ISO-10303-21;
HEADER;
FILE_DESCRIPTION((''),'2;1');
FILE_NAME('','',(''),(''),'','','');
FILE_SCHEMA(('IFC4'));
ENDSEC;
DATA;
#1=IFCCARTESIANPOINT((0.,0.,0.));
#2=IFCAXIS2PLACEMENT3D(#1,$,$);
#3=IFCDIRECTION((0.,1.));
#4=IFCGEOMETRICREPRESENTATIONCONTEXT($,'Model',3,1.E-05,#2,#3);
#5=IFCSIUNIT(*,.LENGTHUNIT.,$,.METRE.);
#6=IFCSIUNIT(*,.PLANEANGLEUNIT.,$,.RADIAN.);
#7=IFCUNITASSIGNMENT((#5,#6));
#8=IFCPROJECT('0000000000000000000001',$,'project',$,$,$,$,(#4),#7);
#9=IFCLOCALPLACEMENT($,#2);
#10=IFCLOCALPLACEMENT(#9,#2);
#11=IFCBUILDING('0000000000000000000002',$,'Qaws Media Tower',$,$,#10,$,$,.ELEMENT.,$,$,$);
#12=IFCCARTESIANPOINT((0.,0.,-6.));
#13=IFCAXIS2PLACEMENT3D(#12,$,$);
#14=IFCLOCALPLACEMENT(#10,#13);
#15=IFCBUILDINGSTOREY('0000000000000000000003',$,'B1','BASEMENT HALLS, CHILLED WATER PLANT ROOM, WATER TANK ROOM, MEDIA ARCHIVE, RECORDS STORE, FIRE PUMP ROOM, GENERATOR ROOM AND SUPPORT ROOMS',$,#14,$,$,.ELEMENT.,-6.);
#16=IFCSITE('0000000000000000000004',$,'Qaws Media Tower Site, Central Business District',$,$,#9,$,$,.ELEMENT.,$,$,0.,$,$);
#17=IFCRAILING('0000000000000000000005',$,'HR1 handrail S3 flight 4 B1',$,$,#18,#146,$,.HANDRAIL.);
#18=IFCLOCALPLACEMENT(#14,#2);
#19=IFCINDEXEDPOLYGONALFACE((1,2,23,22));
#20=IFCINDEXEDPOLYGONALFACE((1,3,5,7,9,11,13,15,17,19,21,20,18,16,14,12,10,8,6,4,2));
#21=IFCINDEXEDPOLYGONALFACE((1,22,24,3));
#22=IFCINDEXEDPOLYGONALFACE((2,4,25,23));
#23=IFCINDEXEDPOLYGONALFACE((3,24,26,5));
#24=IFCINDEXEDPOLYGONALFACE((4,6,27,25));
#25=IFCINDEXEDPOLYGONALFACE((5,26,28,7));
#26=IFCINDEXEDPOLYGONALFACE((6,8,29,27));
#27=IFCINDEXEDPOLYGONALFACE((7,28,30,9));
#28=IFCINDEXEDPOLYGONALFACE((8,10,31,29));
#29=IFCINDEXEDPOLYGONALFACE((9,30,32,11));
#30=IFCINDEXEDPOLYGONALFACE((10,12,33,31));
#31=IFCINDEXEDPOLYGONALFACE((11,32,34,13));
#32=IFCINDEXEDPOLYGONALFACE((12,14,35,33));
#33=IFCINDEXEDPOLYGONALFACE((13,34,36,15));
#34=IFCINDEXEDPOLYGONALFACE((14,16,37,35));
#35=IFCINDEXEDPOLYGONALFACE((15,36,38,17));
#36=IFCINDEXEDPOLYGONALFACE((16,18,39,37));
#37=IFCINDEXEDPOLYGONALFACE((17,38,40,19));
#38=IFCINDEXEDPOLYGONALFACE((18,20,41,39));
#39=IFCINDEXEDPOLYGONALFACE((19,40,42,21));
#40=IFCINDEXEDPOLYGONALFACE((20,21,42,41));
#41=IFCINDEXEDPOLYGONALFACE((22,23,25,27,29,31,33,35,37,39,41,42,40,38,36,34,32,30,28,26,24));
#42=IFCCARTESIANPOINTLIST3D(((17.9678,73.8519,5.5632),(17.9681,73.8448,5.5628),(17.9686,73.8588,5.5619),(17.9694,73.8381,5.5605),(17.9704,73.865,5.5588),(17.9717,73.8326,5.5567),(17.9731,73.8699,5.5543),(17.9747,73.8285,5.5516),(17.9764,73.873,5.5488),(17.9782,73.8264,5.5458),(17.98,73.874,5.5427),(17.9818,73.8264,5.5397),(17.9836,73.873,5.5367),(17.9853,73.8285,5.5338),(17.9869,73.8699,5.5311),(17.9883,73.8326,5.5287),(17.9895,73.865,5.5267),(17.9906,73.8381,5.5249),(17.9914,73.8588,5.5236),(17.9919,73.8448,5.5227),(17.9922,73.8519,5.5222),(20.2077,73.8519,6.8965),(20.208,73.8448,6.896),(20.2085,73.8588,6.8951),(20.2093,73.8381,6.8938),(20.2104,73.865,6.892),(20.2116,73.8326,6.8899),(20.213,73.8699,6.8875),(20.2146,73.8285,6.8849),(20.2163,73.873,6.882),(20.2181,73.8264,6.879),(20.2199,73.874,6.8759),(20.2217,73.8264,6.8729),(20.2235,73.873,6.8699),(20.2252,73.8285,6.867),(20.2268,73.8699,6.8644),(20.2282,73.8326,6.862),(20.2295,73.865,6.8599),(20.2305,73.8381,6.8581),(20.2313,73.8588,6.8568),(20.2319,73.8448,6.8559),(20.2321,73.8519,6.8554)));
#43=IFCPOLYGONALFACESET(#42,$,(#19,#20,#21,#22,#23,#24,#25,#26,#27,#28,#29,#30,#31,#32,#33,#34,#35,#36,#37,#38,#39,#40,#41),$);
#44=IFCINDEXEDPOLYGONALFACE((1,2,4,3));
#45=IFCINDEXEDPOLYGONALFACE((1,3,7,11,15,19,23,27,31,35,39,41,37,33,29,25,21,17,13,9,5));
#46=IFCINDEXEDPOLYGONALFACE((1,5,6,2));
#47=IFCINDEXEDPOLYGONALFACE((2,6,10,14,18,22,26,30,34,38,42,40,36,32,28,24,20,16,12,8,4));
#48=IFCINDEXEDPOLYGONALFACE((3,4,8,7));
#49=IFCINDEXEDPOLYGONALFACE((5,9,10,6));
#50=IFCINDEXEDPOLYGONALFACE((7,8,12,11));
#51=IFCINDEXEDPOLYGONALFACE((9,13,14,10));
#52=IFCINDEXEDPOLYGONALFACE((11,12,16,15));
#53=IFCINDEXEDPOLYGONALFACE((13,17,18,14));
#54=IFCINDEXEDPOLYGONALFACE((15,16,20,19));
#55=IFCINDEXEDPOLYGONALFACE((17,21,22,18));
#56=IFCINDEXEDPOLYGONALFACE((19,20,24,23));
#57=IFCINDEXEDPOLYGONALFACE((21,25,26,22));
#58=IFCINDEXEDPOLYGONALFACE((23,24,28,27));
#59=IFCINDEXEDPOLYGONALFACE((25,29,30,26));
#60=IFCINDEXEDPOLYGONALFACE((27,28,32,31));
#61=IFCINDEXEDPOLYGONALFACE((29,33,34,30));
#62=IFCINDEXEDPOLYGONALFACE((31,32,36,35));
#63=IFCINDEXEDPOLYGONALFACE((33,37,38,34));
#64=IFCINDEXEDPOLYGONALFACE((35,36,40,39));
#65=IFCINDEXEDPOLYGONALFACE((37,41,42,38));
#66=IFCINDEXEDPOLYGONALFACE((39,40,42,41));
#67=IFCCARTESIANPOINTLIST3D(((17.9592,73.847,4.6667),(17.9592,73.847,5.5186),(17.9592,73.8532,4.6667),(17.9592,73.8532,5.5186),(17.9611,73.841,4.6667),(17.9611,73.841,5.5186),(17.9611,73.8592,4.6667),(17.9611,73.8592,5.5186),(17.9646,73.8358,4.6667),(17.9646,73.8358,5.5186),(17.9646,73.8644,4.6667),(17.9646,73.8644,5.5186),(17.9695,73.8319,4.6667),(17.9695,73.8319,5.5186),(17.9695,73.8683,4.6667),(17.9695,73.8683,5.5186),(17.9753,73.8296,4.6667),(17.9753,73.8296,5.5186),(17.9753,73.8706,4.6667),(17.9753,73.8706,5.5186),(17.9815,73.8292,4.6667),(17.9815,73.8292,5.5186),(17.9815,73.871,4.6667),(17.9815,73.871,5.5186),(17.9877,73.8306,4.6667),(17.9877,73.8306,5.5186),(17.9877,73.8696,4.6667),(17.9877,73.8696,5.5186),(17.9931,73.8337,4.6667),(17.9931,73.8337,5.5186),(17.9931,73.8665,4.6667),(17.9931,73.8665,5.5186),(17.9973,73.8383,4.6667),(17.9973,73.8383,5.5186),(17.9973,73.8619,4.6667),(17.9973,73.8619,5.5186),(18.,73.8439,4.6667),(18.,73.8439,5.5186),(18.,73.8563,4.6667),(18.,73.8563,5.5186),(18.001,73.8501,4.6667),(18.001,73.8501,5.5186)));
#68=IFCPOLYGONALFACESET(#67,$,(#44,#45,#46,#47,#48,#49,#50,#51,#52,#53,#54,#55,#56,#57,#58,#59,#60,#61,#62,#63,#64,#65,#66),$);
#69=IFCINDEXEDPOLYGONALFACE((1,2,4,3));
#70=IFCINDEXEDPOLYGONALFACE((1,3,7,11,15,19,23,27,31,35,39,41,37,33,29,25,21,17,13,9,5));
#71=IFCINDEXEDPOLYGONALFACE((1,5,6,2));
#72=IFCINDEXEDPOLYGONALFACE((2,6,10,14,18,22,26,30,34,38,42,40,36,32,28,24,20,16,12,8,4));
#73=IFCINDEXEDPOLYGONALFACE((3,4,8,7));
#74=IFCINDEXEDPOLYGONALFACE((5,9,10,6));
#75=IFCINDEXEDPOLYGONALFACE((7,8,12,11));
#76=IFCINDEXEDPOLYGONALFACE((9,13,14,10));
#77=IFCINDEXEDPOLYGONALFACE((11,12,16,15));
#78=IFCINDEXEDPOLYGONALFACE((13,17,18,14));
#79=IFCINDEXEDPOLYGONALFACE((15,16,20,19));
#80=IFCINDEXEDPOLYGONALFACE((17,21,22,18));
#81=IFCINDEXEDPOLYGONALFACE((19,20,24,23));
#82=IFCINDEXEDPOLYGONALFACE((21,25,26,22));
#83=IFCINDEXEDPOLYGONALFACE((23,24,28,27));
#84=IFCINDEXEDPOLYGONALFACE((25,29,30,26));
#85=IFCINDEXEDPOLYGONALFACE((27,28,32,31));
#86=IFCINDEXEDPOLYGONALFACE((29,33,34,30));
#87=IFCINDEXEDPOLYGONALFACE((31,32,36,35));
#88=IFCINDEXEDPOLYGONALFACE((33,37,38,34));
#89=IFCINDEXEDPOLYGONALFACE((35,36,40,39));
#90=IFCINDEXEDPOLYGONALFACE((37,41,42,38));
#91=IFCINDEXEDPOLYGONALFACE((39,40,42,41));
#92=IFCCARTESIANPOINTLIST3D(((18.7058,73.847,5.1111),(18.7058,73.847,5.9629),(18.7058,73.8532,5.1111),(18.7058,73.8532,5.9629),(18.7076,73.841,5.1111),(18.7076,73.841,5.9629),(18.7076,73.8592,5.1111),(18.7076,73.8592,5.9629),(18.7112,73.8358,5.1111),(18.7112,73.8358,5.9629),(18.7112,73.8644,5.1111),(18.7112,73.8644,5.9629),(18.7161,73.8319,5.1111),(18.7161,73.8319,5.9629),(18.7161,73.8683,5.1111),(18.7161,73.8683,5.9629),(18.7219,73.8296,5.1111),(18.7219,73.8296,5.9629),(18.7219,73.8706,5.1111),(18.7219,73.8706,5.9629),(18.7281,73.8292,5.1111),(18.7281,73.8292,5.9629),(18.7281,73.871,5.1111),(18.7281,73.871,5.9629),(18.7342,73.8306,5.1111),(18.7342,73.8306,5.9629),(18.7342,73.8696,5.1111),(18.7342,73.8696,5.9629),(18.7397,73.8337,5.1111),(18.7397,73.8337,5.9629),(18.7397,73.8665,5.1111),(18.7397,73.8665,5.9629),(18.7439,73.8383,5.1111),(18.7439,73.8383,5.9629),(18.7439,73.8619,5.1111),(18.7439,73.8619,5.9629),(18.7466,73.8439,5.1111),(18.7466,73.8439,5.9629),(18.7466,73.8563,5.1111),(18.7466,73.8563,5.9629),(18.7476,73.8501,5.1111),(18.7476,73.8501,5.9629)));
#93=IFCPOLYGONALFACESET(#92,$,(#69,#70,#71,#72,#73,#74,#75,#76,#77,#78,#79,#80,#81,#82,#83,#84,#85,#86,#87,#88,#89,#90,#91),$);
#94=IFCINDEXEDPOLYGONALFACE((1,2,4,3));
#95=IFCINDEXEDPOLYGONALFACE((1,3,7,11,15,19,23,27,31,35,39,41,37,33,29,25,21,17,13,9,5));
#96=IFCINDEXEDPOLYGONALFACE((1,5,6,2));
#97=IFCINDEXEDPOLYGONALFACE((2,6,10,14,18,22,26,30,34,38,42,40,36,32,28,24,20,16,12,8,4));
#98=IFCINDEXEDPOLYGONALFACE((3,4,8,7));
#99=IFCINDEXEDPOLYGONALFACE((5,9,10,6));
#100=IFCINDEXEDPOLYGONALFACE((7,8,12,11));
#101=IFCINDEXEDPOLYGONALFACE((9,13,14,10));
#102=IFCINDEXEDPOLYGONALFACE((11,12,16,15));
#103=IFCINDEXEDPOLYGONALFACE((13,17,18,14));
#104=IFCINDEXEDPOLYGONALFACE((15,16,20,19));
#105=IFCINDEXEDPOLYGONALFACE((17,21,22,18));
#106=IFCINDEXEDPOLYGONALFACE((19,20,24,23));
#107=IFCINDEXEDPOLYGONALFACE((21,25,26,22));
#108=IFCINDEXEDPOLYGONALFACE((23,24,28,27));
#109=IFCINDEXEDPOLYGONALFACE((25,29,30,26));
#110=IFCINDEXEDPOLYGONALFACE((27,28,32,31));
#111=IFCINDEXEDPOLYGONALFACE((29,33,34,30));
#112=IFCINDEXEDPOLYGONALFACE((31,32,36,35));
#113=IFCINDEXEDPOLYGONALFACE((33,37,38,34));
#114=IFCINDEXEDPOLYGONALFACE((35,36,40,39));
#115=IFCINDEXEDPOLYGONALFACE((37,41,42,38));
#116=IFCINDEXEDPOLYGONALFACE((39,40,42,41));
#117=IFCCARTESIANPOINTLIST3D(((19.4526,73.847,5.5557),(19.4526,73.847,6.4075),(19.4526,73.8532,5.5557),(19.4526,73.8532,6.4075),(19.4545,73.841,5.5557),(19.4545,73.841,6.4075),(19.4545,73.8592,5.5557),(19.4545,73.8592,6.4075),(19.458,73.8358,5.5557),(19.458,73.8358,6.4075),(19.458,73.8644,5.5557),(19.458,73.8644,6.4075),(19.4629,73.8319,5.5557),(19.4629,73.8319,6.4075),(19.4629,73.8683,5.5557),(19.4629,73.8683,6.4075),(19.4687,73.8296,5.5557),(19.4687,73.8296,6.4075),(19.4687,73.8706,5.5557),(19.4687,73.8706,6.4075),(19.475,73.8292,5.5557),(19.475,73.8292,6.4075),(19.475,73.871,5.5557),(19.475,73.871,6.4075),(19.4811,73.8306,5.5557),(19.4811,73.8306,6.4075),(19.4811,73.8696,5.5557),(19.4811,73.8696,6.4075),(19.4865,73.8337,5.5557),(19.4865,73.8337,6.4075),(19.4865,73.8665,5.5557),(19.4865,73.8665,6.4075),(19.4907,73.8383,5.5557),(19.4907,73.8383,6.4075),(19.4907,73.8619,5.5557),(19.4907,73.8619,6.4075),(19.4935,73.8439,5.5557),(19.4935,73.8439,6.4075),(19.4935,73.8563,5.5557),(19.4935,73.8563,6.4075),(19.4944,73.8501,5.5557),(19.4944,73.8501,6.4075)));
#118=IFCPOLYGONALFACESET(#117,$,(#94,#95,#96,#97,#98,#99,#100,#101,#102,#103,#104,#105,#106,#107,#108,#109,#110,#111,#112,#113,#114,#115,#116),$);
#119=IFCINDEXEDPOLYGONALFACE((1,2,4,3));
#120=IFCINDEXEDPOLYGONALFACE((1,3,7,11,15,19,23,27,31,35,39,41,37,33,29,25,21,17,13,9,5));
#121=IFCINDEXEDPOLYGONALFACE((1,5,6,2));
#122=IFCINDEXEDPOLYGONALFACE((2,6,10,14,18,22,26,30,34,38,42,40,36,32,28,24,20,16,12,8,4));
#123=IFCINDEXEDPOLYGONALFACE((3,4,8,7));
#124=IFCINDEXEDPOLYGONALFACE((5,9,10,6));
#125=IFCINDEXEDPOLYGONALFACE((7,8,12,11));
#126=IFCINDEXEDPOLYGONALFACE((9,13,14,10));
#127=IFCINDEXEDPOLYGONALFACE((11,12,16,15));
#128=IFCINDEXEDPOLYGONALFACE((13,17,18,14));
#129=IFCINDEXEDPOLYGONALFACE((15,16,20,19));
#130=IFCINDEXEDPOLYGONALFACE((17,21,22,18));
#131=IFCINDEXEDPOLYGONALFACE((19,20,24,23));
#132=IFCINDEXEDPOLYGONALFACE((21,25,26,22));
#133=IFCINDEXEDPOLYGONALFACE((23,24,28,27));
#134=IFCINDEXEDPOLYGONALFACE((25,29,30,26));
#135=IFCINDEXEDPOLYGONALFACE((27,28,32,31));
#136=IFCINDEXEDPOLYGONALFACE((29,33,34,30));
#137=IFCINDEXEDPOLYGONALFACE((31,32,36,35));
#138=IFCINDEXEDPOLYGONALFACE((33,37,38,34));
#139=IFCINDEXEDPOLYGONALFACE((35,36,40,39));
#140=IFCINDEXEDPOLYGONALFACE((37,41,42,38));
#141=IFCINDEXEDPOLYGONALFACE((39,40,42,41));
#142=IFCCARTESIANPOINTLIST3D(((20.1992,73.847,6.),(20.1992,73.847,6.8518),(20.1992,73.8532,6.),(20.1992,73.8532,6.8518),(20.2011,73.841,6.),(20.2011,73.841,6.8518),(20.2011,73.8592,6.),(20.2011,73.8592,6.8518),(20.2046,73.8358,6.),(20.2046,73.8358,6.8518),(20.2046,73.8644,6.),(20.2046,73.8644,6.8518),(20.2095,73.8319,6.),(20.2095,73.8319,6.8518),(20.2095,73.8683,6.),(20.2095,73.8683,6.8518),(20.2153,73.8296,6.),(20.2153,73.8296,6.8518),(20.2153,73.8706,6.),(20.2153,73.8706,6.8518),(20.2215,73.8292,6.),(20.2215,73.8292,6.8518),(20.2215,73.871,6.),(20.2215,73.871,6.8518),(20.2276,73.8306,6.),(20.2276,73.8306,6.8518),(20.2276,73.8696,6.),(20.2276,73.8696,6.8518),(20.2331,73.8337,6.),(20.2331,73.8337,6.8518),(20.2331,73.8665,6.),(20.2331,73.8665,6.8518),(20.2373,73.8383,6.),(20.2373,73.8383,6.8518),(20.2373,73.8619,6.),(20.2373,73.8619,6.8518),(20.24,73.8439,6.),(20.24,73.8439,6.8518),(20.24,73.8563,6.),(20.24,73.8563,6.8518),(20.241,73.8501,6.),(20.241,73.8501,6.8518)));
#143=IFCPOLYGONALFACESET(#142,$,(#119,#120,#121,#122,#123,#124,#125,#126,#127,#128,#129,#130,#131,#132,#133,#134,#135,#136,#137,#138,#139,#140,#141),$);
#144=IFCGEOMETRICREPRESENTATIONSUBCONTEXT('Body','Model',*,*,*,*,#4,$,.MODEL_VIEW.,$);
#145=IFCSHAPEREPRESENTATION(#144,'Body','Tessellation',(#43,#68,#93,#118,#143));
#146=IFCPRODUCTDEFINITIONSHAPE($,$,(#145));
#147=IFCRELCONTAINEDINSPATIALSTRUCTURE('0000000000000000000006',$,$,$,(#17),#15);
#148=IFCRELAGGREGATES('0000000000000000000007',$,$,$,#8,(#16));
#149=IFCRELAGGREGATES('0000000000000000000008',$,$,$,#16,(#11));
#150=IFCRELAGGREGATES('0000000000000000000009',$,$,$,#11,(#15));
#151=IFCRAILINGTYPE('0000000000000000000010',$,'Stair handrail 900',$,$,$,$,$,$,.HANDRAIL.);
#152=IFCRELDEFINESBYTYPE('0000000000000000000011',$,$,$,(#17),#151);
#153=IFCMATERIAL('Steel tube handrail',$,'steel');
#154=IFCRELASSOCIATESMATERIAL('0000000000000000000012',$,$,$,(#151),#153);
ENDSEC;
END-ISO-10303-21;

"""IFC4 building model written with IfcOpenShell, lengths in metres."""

from ifc_helpers import new_model, si_unit, direction, frame, origin, origin_2d, place, context, subcontext, project, spatial, circle, extrude, material, type_object, element, save


model = new_model("IFC4")

# Units and contexts
model_context = context("Model", 3, precision=1e-05, world=origin(), true_north=direction((0.0, 1.0)))
body_context = subcontext(model_context, "Body", "Model", "MODEL_VIEW")
ifc_project = project(units=[si_unit("LENGTHUNIT", "METRE"), si_unit("PLANEANGLEUNIT", "RADIAN")], contexts=[model_context])

# Site, building, storey
site_placement = place(None, origin())
site = spatial("IfcSite", under=ifc_project, at=site_placement, Name="Qaws Media Tower Site, Central Business District", CompositionType="ELEMENT", RefElevation=0.0)
building_placement = place(site_placement, origin())
building = spatial("IfcBuilding", under=site, at=building_placement, Name="Qaws Media Tower", CompositionType="ELEMENT")
storey_placement = place(building_placement, frame((0.0, 0.0, -6.0)))
storey = spatial("IfcBuildingStorey", under=building, at=storey_placement, Name="B1", Description="BASEMENT HALLS, CHILLED WATER PLANT ROOM, WATER TANK ROOM, MEDIA ARCHIVE, RECORDS STORE, FIRE PUMP ROOM, GENERATOR ROOM AND SUPPORT ROOMS", CompositionType="ELEMENT", Elevation=-6.0)

# Railing
ifc_material_1 = material(Name="Steel tube handrail", Category="steel")
railing_type = type_object("IfcRailingType", Name="Stair handrail 900", PredefinedType="HANDRAIL", material=ifc_material_1)
for number, where, name in (
    (1, (17.98, 73.8501, 4.6667), "HR1 handrail S3 flight 4 B1"),
):
    element("IfcRailing", number, at=place(storey_placement, frame(where)), inside=storey, type_object=railing_type, Name=name, PredefinedType="HANDRAIL", context=body_context, shape_type="SweptSolid", body=[
        extrude(circle(Radius=0.0239, at=origin_2d()), frame((0.0, 0.0, 0.876), z_axis=(0.859306, 0.0, 0.511462), x_axis=(0.0, 1.0, 0.0)), (0.0, 0.0, 1.0), 2.6067),
        extrude(circle(Radius=0.021, at=origin_2d()), origin(), (0.0, 0.0, 1.0), 0.8518),
        extrude(circle(Radius=0.021, at=origin_2d()), frame((0.7466, 0.0, 0.4443)), (0.0, 0.0, 1.0), 0.8518),
        extrude(circle(Radius=0.021, at=origin_2d()), frame((1.4934, 0.0, 0.8889)), (0.0, 0.0, 1.0), 0.8518),
        extrude(circle(Radius=0.021, at=origin_2d()), frame((2.24, 0.0, 1.3333)), (0.0, 0.0, 1.0), 0.8518),
    ])

save(model, "model.ifc")
